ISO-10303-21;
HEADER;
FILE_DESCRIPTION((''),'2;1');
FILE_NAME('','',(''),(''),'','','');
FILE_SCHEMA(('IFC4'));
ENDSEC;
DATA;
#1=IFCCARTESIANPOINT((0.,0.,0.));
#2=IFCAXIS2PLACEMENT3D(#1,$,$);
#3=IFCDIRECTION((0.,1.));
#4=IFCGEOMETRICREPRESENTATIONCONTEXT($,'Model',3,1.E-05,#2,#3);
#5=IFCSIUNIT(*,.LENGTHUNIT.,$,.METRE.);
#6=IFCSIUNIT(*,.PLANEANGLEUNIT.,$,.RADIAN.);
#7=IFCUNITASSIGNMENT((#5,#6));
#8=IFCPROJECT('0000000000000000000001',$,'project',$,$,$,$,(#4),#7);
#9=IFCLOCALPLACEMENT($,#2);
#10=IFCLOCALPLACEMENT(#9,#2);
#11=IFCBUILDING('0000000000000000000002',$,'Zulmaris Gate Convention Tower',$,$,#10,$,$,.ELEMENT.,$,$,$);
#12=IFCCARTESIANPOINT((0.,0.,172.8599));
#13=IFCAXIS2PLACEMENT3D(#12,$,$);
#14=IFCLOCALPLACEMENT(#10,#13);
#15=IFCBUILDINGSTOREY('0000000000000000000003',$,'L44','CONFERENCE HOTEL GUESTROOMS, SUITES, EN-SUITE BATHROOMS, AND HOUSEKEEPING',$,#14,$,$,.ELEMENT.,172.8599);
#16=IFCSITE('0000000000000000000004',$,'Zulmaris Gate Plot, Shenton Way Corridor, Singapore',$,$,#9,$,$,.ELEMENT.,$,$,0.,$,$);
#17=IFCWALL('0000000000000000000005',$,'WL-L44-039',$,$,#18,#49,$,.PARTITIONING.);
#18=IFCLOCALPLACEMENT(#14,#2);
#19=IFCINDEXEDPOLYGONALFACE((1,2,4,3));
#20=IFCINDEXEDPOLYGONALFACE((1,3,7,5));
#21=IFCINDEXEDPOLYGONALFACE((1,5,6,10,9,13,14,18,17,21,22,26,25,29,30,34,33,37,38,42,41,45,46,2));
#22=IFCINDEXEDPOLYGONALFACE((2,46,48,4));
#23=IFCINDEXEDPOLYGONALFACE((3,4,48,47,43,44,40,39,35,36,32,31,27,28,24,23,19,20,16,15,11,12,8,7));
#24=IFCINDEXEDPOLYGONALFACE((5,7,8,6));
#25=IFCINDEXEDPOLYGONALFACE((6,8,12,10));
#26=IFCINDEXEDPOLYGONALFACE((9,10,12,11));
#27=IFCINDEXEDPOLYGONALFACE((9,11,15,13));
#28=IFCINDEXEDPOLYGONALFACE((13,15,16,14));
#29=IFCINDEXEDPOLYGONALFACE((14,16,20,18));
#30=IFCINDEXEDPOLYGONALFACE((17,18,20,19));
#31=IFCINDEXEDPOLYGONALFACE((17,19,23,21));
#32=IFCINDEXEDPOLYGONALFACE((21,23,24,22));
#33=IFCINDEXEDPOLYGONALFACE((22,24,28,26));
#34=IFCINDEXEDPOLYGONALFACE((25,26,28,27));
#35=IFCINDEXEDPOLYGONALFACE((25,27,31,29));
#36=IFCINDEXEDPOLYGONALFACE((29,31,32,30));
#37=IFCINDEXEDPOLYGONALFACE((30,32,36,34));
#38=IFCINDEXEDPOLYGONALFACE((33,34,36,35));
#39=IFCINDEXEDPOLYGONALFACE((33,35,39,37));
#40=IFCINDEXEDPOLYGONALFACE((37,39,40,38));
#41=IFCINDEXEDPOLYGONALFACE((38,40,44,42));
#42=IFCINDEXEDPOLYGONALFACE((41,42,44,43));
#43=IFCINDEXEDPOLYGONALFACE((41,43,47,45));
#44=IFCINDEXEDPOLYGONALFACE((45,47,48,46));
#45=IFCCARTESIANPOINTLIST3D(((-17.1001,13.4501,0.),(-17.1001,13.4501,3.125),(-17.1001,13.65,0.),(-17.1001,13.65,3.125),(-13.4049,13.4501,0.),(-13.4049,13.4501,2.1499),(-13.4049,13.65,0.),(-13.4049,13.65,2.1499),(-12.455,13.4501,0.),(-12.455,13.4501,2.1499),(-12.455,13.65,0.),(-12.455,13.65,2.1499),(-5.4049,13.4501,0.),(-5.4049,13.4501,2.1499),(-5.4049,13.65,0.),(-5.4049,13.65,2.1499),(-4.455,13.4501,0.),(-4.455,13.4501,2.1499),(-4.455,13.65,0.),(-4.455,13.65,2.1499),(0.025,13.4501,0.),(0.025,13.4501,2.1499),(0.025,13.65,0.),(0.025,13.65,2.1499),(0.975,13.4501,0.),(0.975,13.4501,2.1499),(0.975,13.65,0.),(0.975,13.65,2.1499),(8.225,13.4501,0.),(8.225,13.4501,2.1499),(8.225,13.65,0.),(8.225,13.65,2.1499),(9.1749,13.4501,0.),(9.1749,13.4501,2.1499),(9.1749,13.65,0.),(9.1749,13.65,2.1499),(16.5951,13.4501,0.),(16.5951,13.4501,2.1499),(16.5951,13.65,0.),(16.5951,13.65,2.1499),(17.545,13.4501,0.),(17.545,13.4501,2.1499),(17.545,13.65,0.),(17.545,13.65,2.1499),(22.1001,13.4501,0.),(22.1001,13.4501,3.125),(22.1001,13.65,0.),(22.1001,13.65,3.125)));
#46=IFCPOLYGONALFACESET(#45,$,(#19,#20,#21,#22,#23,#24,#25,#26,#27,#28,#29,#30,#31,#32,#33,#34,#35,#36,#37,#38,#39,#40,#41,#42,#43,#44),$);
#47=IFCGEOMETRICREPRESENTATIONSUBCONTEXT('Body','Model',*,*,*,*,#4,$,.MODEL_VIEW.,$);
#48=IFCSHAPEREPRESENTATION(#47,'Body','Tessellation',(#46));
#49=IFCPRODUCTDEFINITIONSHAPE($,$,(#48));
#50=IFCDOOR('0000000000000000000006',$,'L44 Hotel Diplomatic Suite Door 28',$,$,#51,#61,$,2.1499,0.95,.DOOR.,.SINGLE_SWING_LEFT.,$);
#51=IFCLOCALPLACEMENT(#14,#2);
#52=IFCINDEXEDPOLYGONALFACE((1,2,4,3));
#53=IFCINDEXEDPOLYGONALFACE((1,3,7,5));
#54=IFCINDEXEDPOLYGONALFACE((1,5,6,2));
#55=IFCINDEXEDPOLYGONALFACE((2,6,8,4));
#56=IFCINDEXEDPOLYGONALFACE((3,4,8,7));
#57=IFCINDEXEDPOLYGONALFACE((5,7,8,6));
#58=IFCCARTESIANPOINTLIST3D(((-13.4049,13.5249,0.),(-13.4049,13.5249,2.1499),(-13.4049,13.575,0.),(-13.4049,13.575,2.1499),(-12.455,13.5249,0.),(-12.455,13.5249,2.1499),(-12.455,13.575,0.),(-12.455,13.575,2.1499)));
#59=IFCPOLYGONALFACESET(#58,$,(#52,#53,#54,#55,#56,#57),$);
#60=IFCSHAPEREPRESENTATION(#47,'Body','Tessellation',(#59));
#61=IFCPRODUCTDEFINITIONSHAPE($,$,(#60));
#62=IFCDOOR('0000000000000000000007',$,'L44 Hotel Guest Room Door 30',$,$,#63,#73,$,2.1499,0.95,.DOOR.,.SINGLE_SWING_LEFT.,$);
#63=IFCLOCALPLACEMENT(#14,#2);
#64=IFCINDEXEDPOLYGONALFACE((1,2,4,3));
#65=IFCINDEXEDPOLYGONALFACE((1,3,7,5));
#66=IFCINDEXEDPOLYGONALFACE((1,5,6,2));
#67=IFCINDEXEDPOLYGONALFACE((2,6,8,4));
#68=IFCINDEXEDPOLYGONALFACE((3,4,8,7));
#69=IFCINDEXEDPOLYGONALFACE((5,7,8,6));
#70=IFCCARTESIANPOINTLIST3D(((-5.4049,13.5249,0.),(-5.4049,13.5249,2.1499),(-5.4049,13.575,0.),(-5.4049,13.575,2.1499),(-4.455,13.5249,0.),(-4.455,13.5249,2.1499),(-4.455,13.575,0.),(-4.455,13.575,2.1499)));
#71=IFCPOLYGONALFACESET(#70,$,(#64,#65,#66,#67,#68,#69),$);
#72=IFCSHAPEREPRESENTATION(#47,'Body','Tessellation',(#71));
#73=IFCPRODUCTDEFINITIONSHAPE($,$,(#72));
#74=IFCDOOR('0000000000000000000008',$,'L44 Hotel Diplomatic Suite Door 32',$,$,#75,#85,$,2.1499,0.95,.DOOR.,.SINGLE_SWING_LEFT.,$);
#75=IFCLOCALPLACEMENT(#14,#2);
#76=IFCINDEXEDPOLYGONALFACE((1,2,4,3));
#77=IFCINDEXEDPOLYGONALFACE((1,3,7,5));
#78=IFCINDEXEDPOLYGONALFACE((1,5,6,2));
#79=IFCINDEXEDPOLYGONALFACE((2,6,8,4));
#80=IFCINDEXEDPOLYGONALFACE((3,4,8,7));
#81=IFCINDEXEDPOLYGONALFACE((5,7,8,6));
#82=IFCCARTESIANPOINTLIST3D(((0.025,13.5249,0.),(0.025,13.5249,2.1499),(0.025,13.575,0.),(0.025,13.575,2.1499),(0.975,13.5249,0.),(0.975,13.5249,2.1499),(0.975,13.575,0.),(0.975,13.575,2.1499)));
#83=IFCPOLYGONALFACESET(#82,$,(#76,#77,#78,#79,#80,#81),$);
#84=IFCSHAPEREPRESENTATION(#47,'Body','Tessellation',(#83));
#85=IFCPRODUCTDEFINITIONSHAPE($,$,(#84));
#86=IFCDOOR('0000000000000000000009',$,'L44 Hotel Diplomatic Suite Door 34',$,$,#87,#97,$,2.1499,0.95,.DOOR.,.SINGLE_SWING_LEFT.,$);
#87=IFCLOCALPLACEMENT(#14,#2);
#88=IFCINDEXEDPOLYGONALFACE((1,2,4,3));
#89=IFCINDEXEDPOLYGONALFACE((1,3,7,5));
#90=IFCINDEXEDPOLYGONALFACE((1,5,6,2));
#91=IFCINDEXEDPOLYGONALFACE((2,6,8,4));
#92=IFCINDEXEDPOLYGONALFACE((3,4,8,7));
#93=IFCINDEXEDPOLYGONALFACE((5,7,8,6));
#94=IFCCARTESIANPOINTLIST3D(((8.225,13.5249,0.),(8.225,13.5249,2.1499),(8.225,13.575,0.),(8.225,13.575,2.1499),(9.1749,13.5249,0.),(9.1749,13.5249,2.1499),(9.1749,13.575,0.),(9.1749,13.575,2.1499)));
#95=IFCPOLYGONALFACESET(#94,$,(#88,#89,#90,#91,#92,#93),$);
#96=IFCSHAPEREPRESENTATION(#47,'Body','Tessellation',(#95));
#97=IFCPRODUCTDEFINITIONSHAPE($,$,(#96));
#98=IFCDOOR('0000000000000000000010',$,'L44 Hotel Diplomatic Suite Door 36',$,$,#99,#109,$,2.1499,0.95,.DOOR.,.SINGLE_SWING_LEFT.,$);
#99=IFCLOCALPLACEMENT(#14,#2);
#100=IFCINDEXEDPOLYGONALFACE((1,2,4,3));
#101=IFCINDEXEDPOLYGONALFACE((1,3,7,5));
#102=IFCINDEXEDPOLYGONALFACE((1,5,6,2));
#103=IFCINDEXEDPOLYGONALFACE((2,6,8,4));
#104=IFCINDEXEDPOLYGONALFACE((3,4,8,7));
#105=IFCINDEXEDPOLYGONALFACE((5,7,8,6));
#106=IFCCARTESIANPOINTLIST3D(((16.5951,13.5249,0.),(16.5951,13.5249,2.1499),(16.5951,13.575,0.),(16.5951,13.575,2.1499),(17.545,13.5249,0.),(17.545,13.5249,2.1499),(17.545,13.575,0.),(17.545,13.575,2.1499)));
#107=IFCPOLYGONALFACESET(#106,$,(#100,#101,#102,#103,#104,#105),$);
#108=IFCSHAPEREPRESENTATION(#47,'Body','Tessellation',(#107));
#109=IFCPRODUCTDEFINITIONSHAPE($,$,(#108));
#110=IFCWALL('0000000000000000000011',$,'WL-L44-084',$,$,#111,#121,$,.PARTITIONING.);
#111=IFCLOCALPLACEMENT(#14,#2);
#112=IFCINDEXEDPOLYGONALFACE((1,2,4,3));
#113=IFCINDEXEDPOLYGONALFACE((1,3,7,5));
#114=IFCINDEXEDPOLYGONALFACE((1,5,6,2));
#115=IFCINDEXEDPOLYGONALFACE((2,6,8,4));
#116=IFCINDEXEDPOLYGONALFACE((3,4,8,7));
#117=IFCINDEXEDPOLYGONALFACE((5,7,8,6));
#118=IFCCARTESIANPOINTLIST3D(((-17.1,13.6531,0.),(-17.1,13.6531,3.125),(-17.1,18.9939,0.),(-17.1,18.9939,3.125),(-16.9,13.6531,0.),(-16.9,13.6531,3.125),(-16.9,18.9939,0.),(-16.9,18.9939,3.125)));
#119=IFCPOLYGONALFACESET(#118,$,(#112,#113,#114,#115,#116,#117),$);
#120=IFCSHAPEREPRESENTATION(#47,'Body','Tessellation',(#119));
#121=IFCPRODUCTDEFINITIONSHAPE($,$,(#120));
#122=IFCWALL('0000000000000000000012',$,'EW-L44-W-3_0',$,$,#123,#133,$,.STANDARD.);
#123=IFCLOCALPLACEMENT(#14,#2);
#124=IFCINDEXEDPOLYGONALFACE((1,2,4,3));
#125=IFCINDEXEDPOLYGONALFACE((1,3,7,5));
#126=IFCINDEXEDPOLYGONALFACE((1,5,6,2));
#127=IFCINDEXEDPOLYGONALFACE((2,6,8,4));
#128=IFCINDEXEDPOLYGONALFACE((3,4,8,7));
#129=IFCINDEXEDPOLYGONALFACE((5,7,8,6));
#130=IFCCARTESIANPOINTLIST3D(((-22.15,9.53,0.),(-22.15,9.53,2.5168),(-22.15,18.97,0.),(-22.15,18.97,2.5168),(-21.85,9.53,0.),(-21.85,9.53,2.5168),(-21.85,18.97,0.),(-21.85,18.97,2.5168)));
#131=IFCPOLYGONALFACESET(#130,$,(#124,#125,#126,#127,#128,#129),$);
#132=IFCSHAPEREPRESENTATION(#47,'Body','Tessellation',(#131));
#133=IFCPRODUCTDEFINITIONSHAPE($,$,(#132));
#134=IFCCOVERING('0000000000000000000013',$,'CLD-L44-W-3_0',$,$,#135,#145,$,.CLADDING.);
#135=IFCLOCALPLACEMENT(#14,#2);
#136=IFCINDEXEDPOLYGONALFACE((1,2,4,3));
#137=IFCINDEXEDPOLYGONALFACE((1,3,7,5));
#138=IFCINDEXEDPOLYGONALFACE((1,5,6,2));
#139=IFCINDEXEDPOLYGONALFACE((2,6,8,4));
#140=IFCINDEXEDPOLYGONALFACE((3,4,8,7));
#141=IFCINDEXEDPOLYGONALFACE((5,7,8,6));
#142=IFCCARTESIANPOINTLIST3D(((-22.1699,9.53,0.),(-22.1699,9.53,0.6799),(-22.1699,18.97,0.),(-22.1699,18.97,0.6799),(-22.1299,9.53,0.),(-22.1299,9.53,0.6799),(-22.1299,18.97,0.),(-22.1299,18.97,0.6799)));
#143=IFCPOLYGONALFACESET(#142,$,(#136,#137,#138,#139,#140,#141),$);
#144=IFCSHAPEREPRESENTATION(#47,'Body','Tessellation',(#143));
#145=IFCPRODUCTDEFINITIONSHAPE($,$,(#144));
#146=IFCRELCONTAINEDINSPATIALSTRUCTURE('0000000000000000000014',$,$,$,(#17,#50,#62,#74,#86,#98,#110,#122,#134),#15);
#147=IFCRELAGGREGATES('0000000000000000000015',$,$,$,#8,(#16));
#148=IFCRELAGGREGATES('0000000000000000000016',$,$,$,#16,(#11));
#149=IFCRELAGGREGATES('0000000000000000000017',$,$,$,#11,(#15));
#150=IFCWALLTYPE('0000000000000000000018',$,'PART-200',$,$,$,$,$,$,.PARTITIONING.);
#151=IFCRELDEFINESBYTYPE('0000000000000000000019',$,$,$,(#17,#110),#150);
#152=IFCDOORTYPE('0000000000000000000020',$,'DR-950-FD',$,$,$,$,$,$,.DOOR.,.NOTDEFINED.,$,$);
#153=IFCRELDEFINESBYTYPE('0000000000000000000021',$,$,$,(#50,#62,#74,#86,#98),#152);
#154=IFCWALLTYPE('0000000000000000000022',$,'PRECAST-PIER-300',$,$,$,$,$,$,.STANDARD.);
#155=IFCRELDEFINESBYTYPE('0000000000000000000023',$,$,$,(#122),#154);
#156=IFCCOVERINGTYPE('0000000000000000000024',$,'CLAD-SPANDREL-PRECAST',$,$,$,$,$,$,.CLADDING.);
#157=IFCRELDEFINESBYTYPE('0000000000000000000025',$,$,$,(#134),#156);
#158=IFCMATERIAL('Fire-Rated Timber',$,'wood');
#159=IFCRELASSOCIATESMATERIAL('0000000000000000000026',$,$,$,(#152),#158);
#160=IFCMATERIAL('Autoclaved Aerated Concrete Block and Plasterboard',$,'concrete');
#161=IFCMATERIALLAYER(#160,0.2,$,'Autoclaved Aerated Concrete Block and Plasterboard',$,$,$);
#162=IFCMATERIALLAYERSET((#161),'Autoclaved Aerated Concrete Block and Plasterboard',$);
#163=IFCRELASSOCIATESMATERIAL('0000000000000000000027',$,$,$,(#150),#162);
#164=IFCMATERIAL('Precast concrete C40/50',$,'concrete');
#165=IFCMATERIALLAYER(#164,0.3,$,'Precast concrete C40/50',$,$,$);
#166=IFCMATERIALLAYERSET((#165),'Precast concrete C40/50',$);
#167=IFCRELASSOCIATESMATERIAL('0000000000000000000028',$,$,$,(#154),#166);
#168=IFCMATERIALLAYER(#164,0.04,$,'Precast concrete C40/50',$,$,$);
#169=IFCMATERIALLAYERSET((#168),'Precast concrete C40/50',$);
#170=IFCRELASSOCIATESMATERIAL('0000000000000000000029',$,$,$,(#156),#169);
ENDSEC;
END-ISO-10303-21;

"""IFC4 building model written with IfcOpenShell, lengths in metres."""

from ifc_helpers import new_model, si_unit, direction, frame, frame_2d, origin, place, context, subcontext, project, spatial, rectangle, extrude, material, layer, layer_set, type_object, element, fill, save


model = new_model("IFC4")

# Units and contexts
model_context = context("Model", 3, precision=1e-05, world=origin(), true_north=direction((0.0, 1.0)))
body_context = subcontext(model_context, "Body", "Model", "MODEL_VIEW")
ifc_project = project(units=[si_unit("LENGTHUNIT", "METRE"), si_unit("PLANEANGLEUNIT", "RADIAN")], contexts=[model_context])

# Site, building, storey
site_placement = place(None, origin())
site = spatial("IfcSite", under=ifc_project, at=site_placement, Name="Zulmaris Gate Plot, Shenton Way Corridor, Singapore", CompositionType="ELEMENT", RefElevation=0.0)
building_placement = place(site_placement, origin())
building = spatial("IfcBuilding", under=site, at=building_placement, Name="Zulmaris Gate Convention Tower", CompositionType="ELEMENT")
storey_placement = place(building_placement, frame((0.0, 0.0, 172.8599)))
storey = spatial("IfcBuildingStorey", under=building, at=storey_placement, Name="L44", Description="CONFERENCE HOTEL GUESTROOMS, SUITES, EN-SUITE BATHROOMS, AND HOUSEKEEPING", CompositionType="ELEMENT", Elevation=172.8599)

# Shared definitions
ifc_material_1 = material(Name="Fire-Rated Timber", Category="wood")
door_type_1 = type_object("IfcDoorType", Name="DR-950-FD", OperationType="NOTDEFINED", PredefinedType="DOOR", material=ifc_material_1)

# Wall, openings, doors
ifc_material_2 = material(Name="Autoclaved Aerated Concrete Block and Plasterboard", Category="concrete")
ifc_layer_1 = layer(ifc_material_2, 0.2, Name="Autoclaved Aerated Concrete Block and Plasterboard")
ifc_layer_set_1 = layer_set([ifc_layer_1], Name="Autoclaved Aerated Concrete Block and Plasterboard")
wall_type_1 = type_object("IfcWallType", Name="PART-200", PredefinedType="PARTITIONING", material=ifc_layer_set_1)
wall_1_placement = place(storey_placement, frame((-17.1001, 13.55, 0.0), z_axis=(0.0, 0.0, 1.0), x_axis=(1.0, 0.0, 0.0)))
wall_1 = element("IfcWall", 1, at=wall_1_placement, inside=storey, type_object=wall_type_1, Name="WL-L44-039", PredefinedType="PARTITIONING", context=body_context, shape_type="SweptSolid", body=[
    extrude(rectangle(XDim=39.2002, YDim=0.2, at=frame_2d((19.6001, 0.0))), origin(), (0.0, 0.0, 1.0), 3.125),
])
opening_1_placement = place(wall_1_placement, frame((3.6951, 0.0, 0.0)))
opening_1 = element("IfcOpeningElement", 2, at=opening_1_placement, cuts=wall_1, PredefinedType="OPENING", context=body_context, shape_type="SweptSolid", body=[
    extrude(rectangle(XDim=0.95, YDim=2.1499, at=frame_2d((0.4751, 1.075))), frame((0.0, 0.1099, 0.0), z_axis=(0.0, -1.0, 0.0), x_axis=(1.0, 0.0, 0.0)), (0.0, 0.0, 1.0), 0.22),
])
opening_2_placement = place(wall_1_placement, frame((11.6951, 0.0, 0.0)))
opening_2 = element("IfcOpeningElement", 3, at=opening_2_placement, cuts=wall_1, PredefinedType="OPENING", context=body_context, shape_type="SweptSolid", body=[
    extrude(rectangle(XDim=0.95, YDim=2.1499, at=frame_2d((0.4751, 1.075))), frame((0.0, 0.1099, 0.0), z_axis=(0.0, -1.0, 0.0), x_axis=(1.0, 0.0, 0.0)), (0.0, 0.0, 1.0), 0.22),
])
opening_3_placement = place(wall_1_placement, frame((17.125, 0.0, 0.0)))
opening_3 = element("IfcOpeningElement", 4, at=opening_3_placement, cuts=wall_1, PredefinedType="OPENING", context=body_context, shape_type="SweptSolid", body=[
    extrude(rectangle(XDim=0.95, YDim=2.1499, at=frame_2d((0.4751, 1.075))), frame((0.0, 0.1099, 0.0), z_axis=(0.0, -1.0, 0.0), x_axis=(1.0, 0.0, 0.0)), (0.0, 0.0, 1.0), 0.22),
])
opening_4_placement = place(wall_1_placement, frame((25.325, 0.0, 0.0)))
opening_4 = element("IfcOpeningElement", 5, at=opening_4_placement, cuts=wall_1, PredefinedType="OPENING", context=body_context, shape_type="SweptSolid", body=[
    extrude(rectangle(XDim=0.95, YDim=2.1499, at=frame_2d((0.4751, 1.075))), frame((0.0, 0.1099, 0.0), z_axis=(0.0, -1.0, 0.0), x_axis=(1.0, 0.0, 0.0)), (0.0, 0.0, 1.0), 0.22),
])
opening_5_placement = place(wall_1_placement, frame((33.6951, 0.0, 0.0)))
opening_5 = element("IfcOpeningElement", 6, at=opening_5_placement, cuts=wall_1, PredefinedType="OPENING", context=body_context, shape_type="SweptSolid", body=[
    extrude(rectangle(XDim=0.95, YDim=2.1499, at=frame_2d((0.4751, 1.075))), frame((0.0, 0.1099, 0.0), z_axis=(0.0, -1.0, 0.0), x_axis=(1.0, 0.0, 0.0)), (0.0, 0.0, 1.0), 0.22),
])
door_1_placement = place(opening_1_placement, origin())
door_1 = element("IfcDoor", 7, at=door_1_placement, inside=storey, type_object=door_type_1, Name="L44 Hotel Diplomatic Suite Door 28", OperationType="SINGLE_SWING_LEFT", OverallHeight=2.1499, OverallWidth=0.95, PredefinedType="DOOR", context=body_context, shape_type="SweptSolid", body=[
    extrude(rectangle(XDim=0.95, YDim=2.1499, at=frame_2d((0.4751, 1.075))), frame((0.0, 0.0249, 0.0), z_axis=(0.0, -1.0, 0.0), x_axis=(1.0, 0.0, 0.0)), (0.0, 0.0, 1.0), 0.05),
])
fill(opening_1, door_1)
door_2_placement = place(opening_2_placement, origin())
door_2 = element("IfcDoor", 8, at=door_2_placement, inside=storey, type_object=door_type_1, Name="L44 Hotel Guest Room Door 30", OperationType="SINGLE_SWING_LEFT", OverallHeight=2.1499, OverallWidth=0.95, PredefinedType="DOOR", context=body_context, shape_type="SweptSolid", body=[
    extrude(rectangle(XDim=0.95, YDim=2.1499, at=frame_2d((0.4751, 1.075))), frame((0.0, 0.0249, 0.0), z_axis=(0.0, -1.0, 0.0), x_axis=(1.0, 0.0, 0.0)), (0.0, 0.0, 1.0), 0.05),
])
fill(opening_2, door_2)
door_3_placement = place(opening_3_placement, origin())
door_3 = element("IfcDoor", 9, at=door_3_placement, inside=storey, type_object=door_type_1, Name="L44 Hotel Diplomatic Suite Door 32", OperationType="SINGLE_SWING_LEFT", OverallHeight=2.1499, OverallWidth=0.95, PredefinedType="DOOR", context=body_context, shape_type="SweptSolid", body=[
    extrude(rectangle(XDim=0.95, YDim=2.1499, at=frame_2d((0.4751, 1.075))), frame((0.0, 0.0249, 0.0), z_axis=(0.0, -1.0, 0.0), x_axis=(1.0, 0.0, 0.0)), (0.0, 0.0, 1.0), 0.05),
])
fill(opening_3, door_3)
door_4_placement = place(opening_4_placement, origin())
door_4 = element("IfcDoor", 10, at=door_4_placement, inside=storey, type_object=door_type_1, Name="L44 Hotel Diplomatic Suite Door 34", OperationType="SINGLE_SWING_LEFT", OverallHeight=2.1499, OverallWidth=0.95, PredefinedType="DOOR", context=body_context, shape_type="SweptSolid", body=[
    extrude(rectangle(XDim=0.95, YDim=2.1499, at=frame_2d((0.4751, 1.075))), frame((0.0, 0.0249, 0.0), z_axis=(0.0, -1.0, 0.0), x_axis=(1.0, 0.0, 0.0)), (0.0, 0.0, 1.0), 0.05),
])
fill(opening_4, door_4)
door_5_placement = place(opening_5_placement, origin())
door_5 = element("IfcDoor", 11, at=door_5_placement, inside=storey, type_object=door_type_1, Name="L44 Hotel Diplomatic Suite Door 36", OperationType="SINGLE_SWING_LEFT", OverallHeight=2.1499, OverallWidth=0.95, PredefinedType="DOOR", context=body_context, shape_type="SweptSolid", body=[
    extrude(rectangle(XDim=0.95, YDim=2.1499, at=frame_2d((0.4751, 1.075))), frame((0.0, 0.0249, 0.0), z_axis=(0.0, -1.0, 0.0), x_axis=(1.0, 0.0, 0.0)), (0.0, 0.0, 1.0), 0.05),
])
fill(opening_5, door_5)

# Walls
wall_2_placement = place(storey_placement, frame((-17.0, 13.6531, 0.0), z_axis=(0.0, 0.0, 1.0), x_axis=(0.0, 1.0, 0.0)))
element("IfcWall", 12, at=wall_2_placement, inside=storey, type_object=wall_type_1, Name="WL-L44-084", PredefinedType="PARTITIONING", context=body_context, shape_type="SweptSolid", body=[
    extrude(rectangle(XDim=5.3408, YDim=0.2, at=frame_2d((2.6704, 0.0))), origin(), (0.0, 0.0, 1.0), 3.125),
])
ifc_material_3 = material(Name="Precast concrete C40/50", Category="concrete")
ifc_layer_2 = layer(ifc_material_3, 0.3, Name="Precast concrete C40/50")
ifc_layer_set_2 = layer_set([ifc_layer_2], Name="Precast concrete C40/50")
wall_type_2 = type_object("IfcWallType", Name="PRECAST-PIER-300", PredefinedType="STANDARD", material=ifc_layer_set_2)
wall_3_placement = place(storey_placement, frame((-22.0, 18.97, 0.0), z_axis=(0.0, 0.0, 1.0), x_axis=(0.0, -1.0, 0.0)))
element("IfcWall", 13, at=wall_3_placement, inside=storey, type_object=wall_type_2, Name="EW-L44-W-3_0", PredefinedType="STANDARD", context=body_context, shape_type="SweptSolid", body=[
    extrude(rectangle(XDim=9.4399, YDim=0.3, at=frame_2d((4.72, 0.0))), origin(), (0.0, 0.0, 1.0), 2.5168),
])

# Covering
ifc_layer_3 = layer(ifc_material_3, 0.04, Name="Precast concrete C40/50")
ifc_layer_set_3 = layer_set([ifc_layer_3], Name="Precast concrete C40/50")
covering_type = type_object("IfcCoveringType", Name="CLAD-SPANDREL-PRECAST", PredefinedType="CLADDING", material=ifc_layer_set_3)
covering_placement = place(storey_placement, frame((-22.1499, 18.97, 0.0), z_axis=(0.0, 0.0, 1.0), x_axis=(0.0, -1.0, 0.0)))
element("IfcCovering", 14, at=covering_placement, inside=storey, type_object=covering_type, Name="CLD-L44-W-3_0", PredefinedType="CLADDING", context=body_context, shape_type="SweptSolid", body=[
    extrude(rectangle(XDim=9.4399, YDim=0.04, at=frame_2d((4.72, 0.0))), origin(), (0.0, 0.0, 1.0), 0.6799),
])

save(model, "model.ifc")
